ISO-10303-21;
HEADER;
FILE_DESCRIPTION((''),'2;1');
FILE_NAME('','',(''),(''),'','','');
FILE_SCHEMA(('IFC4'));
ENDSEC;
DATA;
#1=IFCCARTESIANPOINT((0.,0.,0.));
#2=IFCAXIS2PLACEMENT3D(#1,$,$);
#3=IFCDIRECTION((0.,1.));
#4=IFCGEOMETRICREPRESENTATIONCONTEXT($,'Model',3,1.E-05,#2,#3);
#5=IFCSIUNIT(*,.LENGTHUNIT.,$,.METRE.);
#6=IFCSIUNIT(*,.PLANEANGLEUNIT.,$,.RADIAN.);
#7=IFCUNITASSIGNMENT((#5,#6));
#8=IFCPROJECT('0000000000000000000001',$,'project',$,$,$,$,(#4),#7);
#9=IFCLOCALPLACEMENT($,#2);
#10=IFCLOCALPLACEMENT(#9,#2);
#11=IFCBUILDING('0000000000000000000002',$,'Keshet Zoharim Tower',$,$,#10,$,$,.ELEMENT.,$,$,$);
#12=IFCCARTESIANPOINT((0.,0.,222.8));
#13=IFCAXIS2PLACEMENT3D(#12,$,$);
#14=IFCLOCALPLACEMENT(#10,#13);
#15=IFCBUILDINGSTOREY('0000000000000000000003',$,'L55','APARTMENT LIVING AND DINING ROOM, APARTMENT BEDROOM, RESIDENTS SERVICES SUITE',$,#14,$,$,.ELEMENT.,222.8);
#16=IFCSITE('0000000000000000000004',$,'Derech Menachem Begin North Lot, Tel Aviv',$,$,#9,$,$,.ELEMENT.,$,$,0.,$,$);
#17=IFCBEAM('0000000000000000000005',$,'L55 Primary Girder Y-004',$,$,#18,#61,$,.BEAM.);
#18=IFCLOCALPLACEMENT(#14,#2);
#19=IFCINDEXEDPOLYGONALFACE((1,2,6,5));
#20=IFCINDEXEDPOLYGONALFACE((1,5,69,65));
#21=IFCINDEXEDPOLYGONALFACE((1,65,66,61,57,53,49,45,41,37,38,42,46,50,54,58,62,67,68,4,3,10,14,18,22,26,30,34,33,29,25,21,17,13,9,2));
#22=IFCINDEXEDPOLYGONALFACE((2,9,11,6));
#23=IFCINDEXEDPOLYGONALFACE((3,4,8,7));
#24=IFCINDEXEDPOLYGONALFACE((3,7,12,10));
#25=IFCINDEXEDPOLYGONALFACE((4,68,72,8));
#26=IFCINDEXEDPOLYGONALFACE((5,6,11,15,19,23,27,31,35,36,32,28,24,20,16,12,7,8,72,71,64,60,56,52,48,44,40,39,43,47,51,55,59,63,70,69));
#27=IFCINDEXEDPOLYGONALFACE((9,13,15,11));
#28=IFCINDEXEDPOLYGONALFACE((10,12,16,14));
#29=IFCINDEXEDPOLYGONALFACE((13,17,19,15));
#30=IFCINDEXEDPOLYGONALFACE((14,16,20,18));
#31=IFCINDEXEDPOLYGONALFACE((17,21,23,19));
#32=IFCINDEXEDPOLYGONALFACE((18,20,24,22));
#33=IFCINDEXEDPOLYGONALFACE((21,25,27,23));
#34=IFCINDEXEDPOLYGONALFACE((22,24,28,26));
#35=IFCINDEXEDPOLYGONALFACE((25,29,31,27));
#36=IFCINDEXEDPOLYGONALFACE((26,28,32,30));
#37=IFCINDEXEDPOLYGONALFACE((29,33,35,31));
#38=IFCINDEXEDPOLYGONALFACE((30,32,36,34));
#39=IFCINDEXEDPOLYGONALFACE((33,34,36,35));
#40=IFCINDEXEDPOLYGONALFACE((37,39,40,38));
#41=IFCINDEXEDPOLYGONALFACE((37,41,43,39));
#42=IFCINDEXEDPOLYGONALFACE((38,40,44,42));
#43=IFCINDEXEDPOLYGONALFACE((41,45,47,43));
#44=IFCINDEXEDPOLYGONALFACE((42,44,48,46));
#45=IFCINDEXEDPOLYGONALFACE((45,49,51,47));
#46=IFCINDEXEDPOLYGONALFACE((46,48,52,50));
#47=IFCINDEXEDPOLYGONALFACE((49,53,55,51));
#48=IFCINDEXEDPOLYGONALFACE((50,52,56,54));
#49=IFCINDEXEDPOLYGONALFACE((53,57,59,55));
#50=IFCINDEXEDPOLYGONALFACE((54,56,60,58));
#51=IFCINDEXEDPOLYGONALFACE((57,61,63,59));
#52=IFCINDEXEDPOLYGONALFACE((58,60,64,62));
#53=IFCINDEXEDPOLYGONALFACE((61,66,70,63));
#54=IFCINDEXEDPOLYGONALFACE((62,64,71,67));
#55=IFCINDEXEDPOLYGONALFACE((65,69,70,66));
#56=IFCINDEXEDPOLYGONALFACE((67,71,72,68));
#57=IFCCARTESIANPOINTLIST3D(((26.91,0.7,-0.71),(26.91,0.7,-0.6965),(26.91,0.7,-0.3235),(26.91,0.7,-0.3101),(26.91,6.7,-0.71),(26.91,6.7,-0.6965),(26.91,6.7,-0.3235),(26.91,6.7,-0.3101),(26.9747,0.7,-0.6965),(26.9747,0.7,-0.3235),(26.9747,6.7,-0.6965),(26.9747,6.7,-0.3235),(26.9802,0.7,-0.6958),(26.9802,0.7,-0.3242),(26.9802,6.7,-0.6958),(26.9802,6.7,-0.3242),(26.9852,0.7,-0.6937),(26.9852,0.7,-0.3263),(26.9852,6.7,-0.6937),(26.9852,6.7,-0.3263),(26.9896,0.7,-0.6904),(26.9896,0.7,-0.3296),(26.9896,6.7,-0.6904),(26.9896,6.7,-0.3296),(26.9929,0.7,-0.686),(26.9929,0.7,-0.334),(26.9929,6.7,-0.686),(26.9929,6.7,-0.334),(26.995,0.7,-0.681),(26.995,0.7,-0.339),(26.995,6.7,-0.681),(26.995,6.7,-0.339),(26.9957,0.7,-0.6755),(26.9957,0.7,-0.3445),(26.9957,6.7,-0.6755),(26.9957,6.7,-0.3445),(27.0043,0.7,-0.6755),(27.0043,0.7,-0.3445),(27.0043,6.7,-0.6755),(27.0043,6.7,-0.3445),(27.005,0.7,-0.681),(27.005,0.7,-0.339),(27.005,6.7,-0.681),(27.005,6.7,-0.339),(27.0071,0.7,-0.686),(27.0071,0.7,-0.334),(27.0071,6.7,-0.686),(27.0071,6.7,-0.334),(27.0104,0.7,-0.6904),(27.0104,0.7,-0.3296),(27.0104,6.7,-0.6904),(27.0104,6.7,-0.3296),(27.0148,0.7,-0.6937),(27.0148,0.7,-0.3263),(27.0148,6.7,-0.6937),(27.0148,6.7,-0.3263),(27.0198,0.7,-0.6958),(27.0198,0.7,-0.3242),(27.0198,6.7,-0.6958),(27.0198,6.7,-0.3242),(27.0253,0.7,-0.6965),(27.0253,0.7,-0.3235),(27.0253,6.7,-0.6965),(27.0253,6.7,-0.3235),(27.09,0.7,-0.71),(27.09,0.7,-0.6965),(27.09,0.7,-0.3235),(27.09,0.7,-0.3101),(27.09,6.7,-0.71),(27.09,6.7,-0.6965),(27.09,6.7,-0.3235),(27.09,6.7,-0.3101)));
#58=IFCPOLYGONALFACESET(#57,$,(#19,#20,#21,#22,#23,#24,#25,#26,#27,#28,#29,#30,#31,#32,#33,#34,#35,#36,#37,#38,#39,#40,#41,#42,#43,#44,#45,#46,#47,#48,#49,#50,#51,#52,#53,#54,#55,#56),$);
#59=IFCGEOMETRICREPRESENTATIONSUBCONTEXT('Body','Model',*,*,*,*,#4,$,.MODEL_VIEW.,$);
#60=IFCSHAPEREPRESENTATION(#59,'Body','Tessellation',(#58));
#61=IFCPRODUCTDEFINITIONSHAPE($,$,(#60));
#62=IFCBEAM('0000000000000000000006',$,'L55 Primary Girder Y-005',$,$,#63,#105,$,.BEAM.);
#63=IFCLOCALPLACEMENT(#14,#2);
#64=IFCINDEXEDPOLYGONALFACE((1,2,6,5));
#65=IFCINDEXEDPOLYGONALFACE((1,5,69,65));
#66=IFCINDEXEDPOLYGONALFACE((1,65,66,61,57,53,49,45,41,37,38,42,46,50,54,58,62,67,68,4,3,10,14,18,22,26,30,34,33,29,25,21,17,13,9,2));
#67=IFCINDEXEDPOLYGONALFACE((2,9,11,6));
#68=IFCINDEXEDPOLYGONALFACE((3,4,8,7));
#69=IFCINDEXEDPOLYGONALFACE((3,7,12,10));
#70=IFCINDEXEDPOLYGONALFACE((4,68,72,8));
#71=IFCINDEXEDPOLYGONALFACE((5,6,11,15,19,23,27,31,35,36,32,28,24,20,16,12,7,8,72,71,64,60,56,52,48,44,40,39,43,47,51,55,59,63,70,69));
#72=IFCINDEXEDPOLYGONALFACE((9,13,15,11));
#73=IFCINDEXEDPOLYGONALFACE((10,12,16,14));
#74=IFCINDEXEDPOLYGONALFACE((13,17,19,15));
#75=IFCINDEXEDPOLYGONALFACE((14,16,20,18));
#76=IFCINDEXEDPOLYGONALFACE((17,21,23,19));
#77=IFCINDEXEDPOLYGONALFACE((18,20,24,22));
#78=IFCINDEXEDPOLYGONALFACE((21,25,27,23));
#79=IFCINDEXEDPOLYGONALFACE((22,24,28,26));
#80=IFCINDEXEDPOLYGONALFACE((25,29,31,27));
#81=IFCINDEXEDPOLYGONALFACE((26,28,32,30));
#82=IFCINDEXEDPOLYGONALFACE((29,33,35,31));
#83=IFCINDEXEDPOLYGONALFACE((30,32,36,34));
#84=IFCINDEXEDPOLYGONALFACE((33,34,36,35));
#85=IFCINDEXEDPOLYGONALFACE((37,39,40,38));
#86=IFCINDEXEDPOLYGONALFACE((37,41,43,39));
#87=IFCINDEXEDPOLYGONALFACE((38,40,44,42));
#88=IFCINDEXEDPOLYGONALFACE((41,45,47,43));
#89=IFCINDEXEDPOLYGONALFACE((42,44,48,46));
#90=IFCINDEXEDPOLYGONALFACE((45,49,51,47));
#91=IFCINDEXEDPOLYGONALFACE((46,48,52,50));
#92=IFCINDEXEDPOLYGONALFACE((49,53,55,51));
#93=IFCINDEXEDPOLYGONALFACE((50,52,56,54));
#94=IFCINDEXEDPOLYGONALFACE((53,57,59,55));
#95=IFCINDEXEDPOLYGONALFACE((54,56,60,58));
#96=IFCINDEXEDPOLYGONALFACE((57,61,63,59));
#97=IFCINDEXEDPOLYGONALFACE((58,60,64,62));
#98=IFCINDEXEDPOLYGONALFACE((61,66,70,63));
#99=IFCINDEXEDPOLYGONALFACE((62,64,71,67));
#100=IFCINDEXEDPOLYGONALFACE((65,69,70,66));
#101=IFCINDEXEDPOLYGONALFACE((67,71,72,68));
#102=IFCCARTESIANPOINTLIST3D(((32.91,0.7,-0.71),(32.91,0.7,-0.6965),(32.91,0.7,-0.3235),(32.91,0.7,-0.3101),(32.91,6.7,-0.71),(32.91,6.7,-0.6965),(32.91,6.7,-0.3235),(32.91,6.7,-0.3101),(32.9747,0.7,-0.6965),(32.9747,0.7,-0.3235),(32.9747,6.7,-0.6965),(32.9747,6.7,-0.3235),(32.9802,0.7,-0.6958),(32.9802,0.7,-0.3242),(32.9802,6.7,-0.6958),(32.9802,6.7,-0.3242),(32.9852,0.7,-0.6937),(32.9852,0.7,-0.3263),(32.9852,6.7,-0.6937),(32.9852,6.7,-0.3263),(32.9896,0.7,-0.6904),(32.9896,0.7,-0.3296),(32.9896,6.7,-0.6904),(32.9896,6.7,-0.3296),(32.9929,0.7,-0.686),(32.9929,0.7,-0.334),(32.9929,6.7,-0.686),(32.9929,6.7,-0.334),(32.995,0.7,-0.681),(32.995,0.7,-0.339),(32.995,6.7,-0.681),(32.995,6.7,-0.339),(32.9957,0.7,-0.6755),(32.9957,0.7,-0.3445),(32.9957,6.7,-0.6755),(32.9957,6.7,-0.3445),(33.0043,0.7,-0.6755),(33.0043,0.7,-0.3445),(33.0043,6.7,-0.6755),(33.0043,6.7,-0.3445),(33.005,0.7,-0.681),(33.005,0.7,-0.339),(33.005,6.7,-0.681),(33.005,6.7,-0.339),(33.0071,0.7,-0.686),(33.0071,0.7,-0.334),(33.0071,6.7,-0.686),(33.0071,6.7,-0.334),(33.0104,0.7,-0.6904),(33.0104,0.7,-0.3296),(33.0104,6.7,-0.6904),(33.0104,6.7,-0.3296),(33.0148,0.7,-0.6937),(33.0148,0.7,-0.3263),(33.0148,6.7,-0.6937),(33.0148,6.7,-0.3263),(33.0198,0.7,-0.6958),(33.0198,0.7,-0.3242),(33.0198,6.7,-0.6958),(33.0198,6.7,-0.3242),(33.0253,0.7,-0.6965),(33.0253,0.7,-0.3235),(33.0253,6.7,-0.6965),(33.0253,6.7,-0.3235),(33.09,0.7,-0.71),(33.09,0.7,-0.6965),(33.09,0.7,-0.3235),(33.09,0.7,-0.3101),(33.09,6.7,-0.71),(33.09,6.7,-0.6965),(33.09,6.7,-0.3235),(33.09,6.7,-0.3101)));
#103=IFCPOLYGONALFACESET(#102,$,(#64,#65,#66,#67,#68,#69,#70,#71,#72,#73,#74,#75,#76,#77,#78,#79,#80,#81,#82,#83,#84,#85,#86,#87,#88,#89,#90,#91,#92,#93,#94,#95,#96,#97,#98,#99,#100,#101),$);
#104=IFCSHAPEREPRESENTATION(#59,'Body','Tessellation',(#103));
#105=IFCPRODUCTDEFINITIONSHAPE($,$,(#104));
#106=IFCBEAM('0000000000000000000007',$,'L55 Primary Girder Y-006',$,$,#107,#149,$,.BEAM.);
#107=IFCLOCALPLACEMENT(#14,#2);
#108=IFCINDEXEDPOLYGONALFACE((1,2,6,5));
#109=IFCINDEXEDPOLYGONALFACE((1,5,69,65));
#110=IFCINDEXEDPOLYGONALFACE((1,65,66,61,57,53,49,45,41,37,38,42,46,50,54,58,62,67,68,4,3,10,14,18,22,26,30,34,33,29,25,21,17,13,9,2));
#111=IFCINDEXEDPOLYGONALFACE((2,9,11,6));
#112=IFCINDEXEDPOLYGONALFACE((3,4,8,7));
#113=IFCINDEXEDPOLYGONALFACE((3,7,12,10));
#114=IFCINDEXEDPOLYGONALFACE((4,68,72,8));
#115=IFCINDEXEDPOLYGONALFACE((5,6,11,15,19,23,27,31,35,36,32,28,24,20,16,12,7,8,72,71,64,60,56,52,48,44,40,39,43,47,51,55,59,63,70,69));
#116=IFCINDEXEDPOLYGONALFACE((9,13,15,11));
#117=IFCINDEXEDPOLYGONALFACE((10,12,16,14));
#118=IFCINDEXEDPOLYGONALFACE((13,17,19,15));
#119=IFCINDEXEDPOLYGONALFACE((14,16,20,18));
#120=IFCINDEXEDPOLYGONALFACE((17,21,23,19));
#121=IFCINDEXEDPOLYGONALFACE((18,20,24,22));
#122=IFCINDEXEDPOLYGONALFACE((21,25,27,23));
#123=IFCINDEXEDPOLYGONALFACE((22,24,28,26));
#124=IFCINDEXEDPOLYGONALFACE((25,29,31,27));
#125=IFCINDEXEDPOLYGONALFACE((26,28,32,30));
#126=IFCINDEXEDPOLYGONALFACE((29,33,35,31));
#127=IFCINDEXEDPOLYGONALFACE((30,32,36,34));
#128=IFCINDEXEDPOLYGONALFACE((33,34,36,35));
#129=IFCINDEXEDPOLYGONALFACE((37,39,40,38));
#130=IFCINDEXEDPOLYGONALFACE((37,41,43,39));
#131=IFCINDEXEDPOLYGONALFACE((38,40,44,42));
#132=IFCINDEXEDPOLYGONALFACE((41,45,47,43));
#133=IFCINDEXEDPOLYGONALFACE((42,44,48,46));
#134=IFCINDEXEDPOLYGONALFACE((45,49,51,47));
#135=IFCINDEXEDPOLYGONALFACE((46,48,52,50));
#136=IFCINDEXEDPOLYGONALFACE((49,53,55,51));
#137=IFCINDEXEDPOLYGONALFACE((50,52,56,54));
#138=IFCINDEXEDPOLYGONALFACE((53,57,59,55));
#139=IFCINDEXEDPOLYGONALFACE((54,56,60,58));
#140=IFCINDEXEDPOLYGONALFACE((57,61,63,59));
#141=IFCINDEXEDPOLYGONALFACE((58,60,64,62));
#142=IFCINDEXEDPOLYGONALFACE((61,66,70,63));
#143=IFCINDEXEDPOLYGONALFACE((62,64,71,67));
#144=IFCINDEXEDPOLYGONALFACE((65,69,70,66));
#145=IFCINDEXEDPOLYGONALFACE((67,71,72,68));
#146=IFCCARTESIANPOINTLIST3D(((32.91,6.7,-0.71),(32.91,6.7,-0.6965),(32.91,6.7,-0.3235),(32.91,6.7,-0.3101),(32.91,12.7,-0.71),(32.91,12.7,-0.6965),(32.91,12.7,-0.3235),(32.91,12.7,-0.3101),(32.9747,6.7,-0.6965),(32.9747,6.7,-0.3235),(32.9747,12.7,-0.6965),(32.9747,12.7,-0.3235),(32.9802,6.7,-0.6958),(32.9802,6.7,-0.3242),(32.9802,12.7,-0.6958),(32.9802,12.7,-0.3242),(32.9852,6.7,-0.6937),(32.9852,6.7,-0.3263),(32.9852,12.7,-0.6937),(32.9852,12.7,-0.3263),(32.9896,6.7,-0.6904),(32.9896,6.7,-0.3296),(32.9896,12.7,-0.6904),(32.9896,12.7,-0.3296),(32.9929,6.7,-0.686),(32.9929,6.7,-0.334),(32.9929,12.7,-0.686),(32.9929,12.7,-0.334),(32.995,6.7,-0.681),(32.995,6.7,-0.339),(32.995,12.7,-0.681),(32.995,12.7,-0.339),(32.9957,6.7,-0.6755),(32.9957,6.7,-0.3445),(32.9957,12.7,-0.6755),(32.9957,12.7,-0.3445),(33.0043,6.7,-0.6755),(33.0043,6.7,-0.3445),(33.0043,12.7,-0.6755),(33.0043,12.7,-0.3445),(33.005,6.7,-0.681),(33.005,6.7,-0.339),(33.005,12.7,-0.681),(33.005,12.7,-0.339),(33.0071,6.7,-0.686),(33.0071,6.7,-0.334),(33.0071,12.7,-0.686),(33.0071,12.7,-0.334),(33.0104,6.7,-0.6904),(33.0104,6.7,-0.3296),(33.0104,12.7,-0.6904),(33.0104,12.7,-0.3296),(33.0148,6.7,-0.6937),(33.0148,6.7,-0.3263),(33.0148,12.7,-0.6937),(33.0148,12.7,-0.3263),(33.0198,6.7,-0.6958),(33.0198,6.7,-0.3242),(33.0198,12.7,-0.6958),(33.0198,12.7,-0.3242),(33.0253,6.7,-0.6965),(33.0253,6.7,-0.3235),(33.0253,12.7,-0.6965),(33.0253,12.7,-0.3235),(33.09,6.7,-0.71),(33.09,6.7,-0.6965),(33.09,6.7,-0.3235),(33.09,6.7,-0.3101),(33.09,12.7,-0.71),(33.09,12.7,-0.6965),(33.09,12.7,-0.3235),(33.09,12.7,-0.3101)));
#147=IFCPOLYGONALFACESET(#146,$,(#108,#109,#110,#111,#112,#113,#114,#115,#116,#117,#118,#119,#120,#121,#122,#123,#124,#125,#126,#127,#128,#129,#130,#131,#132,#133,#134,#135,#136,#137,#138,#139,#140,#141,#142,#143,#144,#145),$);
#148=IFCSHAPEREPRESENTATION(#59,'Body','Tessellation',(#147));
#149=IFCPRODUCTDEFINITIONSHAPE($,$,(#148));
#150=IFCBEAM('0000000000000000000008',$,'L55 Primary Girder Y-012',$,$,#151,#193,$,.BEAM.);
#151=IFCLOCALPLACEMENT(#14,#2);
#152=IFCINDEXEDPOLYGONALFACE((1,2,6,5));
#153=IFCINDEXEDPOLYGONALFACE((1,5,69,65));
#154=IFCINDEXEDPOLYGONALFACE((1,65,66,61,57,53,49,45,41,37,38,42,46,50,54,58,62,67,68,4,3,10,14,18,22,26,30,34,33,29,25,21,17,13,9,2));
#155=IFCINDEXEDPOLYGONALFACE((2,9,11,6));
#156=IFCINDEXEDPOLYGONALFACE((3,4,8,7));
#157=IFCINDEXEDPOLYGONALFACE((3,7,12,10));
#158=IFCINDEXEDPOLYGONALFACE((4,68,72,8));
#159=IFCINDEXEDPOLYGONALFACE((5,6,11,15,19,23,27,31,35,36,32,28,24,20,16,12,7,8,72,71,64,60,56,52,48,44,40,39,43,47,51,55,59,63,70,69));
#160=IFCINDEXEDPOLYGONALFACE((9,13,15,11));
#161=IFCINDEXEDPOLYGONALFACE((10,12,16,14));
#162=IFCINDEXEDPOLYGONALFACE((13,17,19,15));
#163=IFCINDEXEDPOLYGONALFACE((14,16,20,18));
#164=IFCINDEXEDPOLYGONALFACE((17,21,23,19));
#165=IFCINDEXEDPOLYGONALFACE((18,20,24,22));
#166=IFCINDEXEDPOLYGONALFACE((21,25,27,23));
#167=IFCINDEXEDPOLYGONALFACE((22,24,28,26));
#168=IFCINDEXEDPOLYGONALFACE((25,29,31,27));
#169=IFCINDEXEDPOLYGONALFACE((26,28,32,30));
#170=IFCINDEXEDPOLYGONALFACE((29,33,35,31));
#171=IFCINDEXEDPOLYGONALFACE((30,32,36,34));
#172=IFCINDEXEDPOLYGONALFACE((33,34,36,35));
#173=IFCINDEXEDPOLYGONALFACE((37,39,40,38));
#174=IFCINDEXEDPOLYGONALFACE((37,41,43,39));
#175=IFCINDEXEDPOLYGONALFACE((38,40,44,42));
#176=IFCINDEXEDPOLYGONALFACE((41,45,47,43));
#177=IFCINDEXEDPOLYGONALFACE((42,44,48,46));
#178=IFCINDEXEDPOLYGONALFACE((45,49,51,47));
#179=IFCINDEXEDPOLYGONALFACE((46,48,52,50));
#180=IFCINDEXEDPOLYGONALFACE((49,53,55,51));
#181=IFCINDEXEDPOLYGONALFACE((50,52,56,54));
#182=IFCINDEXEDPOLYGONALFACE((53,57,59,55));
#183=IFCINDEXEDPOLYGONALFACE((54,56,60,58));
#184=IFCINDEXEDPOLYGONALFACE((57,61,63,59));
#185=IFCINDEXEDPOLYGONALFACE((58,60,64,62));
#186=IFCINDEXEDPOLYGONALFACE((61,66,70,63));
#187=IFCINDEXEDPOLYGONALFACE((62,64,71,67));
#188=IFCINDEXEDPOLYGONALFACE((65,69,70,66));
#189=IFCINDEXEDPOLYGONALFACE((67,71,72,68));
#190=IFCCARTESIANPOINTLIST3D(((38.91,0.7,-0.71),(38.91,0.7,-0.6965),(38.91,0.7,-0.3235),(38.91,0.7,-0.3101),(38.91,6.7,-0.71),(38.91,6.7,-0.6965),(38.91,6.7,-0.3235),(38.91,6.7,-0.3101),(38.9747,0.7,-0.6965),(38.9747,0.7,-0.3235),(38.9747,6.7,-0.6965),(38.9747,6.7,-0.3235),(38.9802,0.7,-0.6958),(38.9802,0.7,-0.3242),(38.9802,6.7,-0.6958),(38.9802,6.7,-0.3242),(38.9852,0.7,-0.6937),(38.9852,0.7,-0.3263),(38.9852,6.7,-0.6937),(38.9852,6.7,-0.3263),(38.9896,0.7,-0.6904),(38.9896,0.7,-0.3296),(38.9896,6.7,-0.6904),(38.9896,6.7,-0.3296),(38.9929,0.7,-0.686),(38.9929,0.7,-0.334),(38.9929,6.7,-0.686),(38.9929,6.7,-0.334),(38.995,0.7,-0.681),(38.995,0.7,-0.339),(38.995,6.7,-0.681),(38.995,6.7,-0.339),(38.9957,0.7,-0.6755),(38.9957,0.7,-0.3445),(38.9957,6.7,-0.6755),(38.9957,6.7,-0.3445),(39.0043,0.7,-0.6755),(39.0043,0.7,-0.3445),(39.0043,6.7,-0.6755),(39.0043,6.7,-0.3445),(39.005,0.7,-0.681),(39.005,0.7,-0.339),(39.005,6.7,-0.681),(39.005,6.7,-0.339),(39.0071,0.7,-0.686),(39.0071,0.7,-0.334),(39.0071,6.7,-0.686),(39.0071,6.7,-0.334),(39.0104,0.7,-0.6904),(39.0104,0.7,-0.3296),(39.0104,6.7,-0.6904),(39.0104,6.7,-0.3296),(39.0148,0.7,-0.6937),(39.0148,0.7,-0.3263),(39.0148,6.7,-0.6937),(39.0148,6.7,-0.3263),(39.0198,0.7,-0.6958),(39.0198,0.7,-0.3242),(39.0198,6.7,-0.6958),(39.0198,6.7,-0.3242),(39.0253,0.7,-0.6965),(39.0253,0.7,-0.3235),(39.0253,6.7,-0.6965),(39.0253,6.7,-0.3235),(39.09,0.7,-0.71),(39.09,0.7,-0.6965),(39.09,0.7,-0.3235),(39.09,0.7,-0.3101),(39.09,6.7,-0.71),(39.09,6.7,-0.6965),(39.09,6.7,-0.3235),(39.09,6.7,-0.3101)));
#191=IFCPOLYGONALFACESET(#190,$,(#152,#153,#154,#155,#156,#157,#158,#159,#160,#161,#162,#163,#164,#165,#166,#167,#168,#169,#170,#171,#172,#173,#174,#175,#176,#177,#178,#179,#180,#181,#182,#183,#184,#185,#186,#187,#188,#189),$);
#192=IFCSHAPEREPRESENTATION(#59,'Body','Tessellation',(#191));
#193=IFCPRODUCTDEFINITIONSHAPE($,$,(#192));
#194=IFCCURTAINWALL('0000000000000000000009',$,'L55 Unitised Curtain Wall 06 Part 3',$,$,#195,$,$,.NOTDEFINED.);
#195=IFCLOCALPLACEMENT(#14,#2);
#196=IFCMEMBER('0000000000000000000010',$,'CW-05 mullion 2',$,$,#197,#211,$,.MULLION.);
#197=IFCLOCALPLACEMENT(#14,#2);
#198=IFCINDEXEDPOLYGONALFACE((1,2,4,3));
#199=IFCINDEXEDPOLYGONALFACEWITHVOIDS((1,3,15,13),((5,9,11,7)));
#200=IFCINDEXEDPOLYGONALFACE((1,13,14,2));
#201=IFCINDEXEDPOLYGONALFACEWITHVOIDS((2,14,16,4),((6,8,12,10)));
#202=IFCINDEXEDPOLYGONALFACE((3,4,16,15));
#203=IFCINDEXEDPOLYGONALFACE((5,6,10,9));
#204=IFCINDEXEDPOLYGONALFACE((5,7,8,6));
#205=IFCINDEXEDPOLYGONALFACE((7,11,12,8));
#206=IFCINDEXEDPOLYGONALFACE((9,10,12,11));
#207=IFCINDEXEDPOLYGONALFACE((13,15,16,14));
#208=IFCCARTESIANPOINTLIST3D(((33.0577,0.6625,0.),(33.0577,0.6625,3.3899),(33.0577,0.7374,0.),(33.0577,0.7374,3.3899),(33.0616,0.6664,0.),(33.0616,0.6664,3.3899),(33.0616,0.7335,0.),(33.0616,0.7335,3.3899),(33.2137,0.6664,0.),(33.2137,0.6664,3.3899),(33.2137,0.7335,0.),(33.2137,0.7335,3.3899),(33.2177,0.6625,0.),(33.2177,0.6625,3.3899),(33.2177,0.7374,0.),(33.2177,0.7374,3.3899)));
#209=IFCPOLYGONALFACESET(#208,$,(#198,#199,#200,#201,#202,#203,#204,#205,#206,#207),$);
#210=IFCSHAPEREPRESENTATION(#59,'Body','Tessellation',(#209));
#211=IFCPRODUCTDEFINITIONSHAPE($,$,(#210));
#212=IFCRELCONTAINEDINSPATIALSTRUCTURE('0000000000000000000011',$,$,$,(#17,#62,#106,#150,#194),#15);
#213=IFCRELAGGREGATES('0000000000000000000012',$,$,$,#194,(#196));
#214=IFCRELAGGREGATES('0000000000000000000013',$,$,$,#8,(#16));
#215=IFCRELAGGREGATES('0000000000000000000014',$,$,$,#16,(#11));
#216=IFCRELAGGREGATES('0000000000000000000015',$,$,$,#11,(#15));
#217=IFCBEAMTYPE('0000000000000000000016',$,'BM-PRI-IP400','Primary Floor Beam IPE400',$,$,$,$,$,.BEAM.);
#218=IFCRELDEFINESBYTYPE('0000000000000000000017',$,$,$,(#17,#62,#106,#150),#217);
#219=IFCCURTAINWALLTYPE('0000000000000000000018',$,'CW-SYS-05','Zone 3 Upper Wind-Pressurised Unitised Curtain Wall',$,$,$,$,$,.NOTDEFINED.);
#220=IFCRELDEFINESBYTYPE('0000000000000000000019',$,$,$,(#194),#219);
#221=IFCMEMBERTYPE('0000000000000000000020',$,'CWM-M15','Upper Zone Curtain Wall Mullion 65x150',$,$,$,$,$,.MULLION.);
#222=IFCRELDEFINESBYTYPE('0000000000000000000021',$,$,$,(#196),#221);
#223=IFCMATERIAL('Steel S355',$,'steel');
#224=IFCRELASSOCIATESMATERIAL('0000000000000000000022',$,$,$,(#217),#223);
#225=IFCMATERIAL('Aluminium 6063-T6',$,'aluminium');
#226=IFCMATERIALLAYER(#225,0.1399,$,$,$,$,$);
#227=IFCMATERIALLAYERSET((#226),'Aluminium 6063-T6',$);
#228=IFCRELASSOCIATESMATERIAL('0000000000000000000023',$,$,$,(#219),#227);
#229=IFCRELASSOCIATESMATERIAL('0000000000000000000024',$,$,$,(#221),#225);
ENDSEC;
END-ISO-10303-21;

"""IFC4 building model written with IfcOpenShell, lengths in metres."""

from ifc_helpers import new_model, si_unit, direction, frame, origin, origin_2d, place, context, subcontext, project, spatial, hollow_rectangle, i_section, extrude, material, layer, layer_set, material_profile, profile_set, type_object, element, aggregate, save


model = new_model("IFC4")

# Units and contexts
model_context = context("Model", 3, precision=1e-05, world=origin(), true_north=direction((0.0, 1.0)))
body_context = subcontext(model_context, "Body", "Model", "MODEL_VIEW")
ifc_project = project(units=[si_unit("LENGTHUNIT", "METRE"), si_unit("PLANEANGLEUNIT", "RADIAN")], contexts=[model_context])

# Site, building, storey
site_placement = place(None, origin())
site = spatial("IfcSite", under=ifc_project, at=site_placement, Name="Derech Menachem Begin North Lot, Tel Aviv", CompositionType="ELEMENT", RefElevation=0.0)
building_placement = place(site_placement, origin())
building = spatial("IfcBuilding", under=site, at=building_placement, Name="Keshet Zoharim Tower", CompositionType="ELEMENT")
storey_placement = place(building_placement, frame((0.0, 0.0, 222.8)))
storey = spatial("IfcBuildingStorey", under=building, at=storey_placement, Name="L55", Description="APARTMENT LIVING AND DINING ROOM, APARTMENT BEDROOM, RESIDENTS SERVICES SUITE", CompositionType="ELEMENT", Elevation=222.8)

# Shared definitions
ifc_material_1 = material(Name="Steel S355", Category="steel")

# Beams
ifc_material_profile_1 = material_profile(ifc_material_1, i_section(OverallWidth=0.1799, OverallDepth=0.3999, WebThickness=0.0085, FlangeThickness=0.0134, FilletRadius=0.021, at=origin_2d()), Name="IPE400")
ifc_profile_set_1 = profile_set([ifc_material_profile_1], Name="Steel S355")
beam_type_1 = type_object("IfcBeamType", Name="BM-PRI-IP400", Description="Primary Floor Beam IPE400", PredefinedType="BEAM", material=ifc_profile_set_1)
for number, where, z_axis, x_axis, name in (
    (1, (27.0, 0.7, -0.51), (0.0, 1.0, 0.0), (-1.0, 0.0, 0.0), "L55 Primary Girder Y-004"),
    (2, (33.0, 0.7, -0.51), (0.0, 1.0, 0.0), (-1.0, 0.0, 0.0), "L55 Primary Girder Y-005"),
    (3, (33.0, 6.7, -0.51), (0.0, 1.0, 0.0), (-1.0, 0.0, 0.0), "L55 Primary Girder Y-006"),
    (4, (39.0, 0.7, -0.51), (0.0, 1.0, 0.0), (-1.0, 0.0, 0.0), "L55 Primary Girder Y-012"),
):
    element("IfcBeam", number, at=place(storey_placement, frame(where, z_axis=z_axis, x_axis=x_axis)), inside=storey, type_object=beam_type_1, Name=name, PredefinedType="BEAM", context=body_context, shape_type="SweptSolid", body=[
        extrude(i_section(OverallWidth=0.1799, OverallDepth=0.3999, WebThickness=0.0085, FlangeThickness=0.0134, FilletRadius=0.021, at=origin_2d()), origin(), (0.0, 0.0, 1.0), 6.0),
    ])

# Curtain wall, member
ifc_material_2 = material(Name="Aluminium 6063-T6", Category="aluminium")
ifc_layer_1 = layer(ifc_material_2, 0.1399)
ifc_layer_set_1 = layer_set([ifc_layer_1], Name="Aluminium 6063-T6")
curtain_wall_type = type_object("IfcCurtainWallType", Name="CW-SYS-05", Description="Zone 3 Upper Wind-Pressurised Unitised Curtain Wall", PredefinedType="NOTDEFINED", material=ifc_layer_set_1)
curtain_wall_placement = place(storey_placement, origin())
curtain_wall = element("IfcCurtainWall", 5, at=curtain_wall_placement, inside=storey, type_object=curtain_wall_type, Name="L55 Unitised Curtain Wall 06 Part 3", PredefinedType="NOTDEFINED")
ifc_material_profile_2 = material_profile(ifc_material_2, hollow_rectangle(XDim=0.075, YDim=0.1599, WallThickness=0.0039, at=origin_2d()), Name="MUL-75x160")
ifc_profile_set_2 = profile_set([ifc_material_profile_2], Name="Aluminium 6063-T6")
member_type_1 = type_object("IfcMemberType", Name="CWM-M15", Description="Upper Zone Curtain Wall Mullion 65x150", PredefinedType="MULLION", material=ifc_profile_set_2)
member_1_placement = place(storey_placement, frame((33.1377, 0.7, 0.0), z_axis=(0.0, 0.0, 1.0), x_axis=(0.0, -1.0, 0.0)))
member_1 = element("IfcMember", 6, at=member_1_placement, type_object=member_type_1, Name="CW-05 mullion 2", PredefinedType="MULLION", context=body_context, shape_type="SweptSolid", body=[
    extrude(hollow_rectangle(XDim=0.075, YDim=0.1599, WallThickness=0.0039, at=origin_2d()), origin(), (0.0, 0.0, 1.0), 3.3899),
])
aggregate(curtain_wall, [member_1])

save(model, "model.ifc")
